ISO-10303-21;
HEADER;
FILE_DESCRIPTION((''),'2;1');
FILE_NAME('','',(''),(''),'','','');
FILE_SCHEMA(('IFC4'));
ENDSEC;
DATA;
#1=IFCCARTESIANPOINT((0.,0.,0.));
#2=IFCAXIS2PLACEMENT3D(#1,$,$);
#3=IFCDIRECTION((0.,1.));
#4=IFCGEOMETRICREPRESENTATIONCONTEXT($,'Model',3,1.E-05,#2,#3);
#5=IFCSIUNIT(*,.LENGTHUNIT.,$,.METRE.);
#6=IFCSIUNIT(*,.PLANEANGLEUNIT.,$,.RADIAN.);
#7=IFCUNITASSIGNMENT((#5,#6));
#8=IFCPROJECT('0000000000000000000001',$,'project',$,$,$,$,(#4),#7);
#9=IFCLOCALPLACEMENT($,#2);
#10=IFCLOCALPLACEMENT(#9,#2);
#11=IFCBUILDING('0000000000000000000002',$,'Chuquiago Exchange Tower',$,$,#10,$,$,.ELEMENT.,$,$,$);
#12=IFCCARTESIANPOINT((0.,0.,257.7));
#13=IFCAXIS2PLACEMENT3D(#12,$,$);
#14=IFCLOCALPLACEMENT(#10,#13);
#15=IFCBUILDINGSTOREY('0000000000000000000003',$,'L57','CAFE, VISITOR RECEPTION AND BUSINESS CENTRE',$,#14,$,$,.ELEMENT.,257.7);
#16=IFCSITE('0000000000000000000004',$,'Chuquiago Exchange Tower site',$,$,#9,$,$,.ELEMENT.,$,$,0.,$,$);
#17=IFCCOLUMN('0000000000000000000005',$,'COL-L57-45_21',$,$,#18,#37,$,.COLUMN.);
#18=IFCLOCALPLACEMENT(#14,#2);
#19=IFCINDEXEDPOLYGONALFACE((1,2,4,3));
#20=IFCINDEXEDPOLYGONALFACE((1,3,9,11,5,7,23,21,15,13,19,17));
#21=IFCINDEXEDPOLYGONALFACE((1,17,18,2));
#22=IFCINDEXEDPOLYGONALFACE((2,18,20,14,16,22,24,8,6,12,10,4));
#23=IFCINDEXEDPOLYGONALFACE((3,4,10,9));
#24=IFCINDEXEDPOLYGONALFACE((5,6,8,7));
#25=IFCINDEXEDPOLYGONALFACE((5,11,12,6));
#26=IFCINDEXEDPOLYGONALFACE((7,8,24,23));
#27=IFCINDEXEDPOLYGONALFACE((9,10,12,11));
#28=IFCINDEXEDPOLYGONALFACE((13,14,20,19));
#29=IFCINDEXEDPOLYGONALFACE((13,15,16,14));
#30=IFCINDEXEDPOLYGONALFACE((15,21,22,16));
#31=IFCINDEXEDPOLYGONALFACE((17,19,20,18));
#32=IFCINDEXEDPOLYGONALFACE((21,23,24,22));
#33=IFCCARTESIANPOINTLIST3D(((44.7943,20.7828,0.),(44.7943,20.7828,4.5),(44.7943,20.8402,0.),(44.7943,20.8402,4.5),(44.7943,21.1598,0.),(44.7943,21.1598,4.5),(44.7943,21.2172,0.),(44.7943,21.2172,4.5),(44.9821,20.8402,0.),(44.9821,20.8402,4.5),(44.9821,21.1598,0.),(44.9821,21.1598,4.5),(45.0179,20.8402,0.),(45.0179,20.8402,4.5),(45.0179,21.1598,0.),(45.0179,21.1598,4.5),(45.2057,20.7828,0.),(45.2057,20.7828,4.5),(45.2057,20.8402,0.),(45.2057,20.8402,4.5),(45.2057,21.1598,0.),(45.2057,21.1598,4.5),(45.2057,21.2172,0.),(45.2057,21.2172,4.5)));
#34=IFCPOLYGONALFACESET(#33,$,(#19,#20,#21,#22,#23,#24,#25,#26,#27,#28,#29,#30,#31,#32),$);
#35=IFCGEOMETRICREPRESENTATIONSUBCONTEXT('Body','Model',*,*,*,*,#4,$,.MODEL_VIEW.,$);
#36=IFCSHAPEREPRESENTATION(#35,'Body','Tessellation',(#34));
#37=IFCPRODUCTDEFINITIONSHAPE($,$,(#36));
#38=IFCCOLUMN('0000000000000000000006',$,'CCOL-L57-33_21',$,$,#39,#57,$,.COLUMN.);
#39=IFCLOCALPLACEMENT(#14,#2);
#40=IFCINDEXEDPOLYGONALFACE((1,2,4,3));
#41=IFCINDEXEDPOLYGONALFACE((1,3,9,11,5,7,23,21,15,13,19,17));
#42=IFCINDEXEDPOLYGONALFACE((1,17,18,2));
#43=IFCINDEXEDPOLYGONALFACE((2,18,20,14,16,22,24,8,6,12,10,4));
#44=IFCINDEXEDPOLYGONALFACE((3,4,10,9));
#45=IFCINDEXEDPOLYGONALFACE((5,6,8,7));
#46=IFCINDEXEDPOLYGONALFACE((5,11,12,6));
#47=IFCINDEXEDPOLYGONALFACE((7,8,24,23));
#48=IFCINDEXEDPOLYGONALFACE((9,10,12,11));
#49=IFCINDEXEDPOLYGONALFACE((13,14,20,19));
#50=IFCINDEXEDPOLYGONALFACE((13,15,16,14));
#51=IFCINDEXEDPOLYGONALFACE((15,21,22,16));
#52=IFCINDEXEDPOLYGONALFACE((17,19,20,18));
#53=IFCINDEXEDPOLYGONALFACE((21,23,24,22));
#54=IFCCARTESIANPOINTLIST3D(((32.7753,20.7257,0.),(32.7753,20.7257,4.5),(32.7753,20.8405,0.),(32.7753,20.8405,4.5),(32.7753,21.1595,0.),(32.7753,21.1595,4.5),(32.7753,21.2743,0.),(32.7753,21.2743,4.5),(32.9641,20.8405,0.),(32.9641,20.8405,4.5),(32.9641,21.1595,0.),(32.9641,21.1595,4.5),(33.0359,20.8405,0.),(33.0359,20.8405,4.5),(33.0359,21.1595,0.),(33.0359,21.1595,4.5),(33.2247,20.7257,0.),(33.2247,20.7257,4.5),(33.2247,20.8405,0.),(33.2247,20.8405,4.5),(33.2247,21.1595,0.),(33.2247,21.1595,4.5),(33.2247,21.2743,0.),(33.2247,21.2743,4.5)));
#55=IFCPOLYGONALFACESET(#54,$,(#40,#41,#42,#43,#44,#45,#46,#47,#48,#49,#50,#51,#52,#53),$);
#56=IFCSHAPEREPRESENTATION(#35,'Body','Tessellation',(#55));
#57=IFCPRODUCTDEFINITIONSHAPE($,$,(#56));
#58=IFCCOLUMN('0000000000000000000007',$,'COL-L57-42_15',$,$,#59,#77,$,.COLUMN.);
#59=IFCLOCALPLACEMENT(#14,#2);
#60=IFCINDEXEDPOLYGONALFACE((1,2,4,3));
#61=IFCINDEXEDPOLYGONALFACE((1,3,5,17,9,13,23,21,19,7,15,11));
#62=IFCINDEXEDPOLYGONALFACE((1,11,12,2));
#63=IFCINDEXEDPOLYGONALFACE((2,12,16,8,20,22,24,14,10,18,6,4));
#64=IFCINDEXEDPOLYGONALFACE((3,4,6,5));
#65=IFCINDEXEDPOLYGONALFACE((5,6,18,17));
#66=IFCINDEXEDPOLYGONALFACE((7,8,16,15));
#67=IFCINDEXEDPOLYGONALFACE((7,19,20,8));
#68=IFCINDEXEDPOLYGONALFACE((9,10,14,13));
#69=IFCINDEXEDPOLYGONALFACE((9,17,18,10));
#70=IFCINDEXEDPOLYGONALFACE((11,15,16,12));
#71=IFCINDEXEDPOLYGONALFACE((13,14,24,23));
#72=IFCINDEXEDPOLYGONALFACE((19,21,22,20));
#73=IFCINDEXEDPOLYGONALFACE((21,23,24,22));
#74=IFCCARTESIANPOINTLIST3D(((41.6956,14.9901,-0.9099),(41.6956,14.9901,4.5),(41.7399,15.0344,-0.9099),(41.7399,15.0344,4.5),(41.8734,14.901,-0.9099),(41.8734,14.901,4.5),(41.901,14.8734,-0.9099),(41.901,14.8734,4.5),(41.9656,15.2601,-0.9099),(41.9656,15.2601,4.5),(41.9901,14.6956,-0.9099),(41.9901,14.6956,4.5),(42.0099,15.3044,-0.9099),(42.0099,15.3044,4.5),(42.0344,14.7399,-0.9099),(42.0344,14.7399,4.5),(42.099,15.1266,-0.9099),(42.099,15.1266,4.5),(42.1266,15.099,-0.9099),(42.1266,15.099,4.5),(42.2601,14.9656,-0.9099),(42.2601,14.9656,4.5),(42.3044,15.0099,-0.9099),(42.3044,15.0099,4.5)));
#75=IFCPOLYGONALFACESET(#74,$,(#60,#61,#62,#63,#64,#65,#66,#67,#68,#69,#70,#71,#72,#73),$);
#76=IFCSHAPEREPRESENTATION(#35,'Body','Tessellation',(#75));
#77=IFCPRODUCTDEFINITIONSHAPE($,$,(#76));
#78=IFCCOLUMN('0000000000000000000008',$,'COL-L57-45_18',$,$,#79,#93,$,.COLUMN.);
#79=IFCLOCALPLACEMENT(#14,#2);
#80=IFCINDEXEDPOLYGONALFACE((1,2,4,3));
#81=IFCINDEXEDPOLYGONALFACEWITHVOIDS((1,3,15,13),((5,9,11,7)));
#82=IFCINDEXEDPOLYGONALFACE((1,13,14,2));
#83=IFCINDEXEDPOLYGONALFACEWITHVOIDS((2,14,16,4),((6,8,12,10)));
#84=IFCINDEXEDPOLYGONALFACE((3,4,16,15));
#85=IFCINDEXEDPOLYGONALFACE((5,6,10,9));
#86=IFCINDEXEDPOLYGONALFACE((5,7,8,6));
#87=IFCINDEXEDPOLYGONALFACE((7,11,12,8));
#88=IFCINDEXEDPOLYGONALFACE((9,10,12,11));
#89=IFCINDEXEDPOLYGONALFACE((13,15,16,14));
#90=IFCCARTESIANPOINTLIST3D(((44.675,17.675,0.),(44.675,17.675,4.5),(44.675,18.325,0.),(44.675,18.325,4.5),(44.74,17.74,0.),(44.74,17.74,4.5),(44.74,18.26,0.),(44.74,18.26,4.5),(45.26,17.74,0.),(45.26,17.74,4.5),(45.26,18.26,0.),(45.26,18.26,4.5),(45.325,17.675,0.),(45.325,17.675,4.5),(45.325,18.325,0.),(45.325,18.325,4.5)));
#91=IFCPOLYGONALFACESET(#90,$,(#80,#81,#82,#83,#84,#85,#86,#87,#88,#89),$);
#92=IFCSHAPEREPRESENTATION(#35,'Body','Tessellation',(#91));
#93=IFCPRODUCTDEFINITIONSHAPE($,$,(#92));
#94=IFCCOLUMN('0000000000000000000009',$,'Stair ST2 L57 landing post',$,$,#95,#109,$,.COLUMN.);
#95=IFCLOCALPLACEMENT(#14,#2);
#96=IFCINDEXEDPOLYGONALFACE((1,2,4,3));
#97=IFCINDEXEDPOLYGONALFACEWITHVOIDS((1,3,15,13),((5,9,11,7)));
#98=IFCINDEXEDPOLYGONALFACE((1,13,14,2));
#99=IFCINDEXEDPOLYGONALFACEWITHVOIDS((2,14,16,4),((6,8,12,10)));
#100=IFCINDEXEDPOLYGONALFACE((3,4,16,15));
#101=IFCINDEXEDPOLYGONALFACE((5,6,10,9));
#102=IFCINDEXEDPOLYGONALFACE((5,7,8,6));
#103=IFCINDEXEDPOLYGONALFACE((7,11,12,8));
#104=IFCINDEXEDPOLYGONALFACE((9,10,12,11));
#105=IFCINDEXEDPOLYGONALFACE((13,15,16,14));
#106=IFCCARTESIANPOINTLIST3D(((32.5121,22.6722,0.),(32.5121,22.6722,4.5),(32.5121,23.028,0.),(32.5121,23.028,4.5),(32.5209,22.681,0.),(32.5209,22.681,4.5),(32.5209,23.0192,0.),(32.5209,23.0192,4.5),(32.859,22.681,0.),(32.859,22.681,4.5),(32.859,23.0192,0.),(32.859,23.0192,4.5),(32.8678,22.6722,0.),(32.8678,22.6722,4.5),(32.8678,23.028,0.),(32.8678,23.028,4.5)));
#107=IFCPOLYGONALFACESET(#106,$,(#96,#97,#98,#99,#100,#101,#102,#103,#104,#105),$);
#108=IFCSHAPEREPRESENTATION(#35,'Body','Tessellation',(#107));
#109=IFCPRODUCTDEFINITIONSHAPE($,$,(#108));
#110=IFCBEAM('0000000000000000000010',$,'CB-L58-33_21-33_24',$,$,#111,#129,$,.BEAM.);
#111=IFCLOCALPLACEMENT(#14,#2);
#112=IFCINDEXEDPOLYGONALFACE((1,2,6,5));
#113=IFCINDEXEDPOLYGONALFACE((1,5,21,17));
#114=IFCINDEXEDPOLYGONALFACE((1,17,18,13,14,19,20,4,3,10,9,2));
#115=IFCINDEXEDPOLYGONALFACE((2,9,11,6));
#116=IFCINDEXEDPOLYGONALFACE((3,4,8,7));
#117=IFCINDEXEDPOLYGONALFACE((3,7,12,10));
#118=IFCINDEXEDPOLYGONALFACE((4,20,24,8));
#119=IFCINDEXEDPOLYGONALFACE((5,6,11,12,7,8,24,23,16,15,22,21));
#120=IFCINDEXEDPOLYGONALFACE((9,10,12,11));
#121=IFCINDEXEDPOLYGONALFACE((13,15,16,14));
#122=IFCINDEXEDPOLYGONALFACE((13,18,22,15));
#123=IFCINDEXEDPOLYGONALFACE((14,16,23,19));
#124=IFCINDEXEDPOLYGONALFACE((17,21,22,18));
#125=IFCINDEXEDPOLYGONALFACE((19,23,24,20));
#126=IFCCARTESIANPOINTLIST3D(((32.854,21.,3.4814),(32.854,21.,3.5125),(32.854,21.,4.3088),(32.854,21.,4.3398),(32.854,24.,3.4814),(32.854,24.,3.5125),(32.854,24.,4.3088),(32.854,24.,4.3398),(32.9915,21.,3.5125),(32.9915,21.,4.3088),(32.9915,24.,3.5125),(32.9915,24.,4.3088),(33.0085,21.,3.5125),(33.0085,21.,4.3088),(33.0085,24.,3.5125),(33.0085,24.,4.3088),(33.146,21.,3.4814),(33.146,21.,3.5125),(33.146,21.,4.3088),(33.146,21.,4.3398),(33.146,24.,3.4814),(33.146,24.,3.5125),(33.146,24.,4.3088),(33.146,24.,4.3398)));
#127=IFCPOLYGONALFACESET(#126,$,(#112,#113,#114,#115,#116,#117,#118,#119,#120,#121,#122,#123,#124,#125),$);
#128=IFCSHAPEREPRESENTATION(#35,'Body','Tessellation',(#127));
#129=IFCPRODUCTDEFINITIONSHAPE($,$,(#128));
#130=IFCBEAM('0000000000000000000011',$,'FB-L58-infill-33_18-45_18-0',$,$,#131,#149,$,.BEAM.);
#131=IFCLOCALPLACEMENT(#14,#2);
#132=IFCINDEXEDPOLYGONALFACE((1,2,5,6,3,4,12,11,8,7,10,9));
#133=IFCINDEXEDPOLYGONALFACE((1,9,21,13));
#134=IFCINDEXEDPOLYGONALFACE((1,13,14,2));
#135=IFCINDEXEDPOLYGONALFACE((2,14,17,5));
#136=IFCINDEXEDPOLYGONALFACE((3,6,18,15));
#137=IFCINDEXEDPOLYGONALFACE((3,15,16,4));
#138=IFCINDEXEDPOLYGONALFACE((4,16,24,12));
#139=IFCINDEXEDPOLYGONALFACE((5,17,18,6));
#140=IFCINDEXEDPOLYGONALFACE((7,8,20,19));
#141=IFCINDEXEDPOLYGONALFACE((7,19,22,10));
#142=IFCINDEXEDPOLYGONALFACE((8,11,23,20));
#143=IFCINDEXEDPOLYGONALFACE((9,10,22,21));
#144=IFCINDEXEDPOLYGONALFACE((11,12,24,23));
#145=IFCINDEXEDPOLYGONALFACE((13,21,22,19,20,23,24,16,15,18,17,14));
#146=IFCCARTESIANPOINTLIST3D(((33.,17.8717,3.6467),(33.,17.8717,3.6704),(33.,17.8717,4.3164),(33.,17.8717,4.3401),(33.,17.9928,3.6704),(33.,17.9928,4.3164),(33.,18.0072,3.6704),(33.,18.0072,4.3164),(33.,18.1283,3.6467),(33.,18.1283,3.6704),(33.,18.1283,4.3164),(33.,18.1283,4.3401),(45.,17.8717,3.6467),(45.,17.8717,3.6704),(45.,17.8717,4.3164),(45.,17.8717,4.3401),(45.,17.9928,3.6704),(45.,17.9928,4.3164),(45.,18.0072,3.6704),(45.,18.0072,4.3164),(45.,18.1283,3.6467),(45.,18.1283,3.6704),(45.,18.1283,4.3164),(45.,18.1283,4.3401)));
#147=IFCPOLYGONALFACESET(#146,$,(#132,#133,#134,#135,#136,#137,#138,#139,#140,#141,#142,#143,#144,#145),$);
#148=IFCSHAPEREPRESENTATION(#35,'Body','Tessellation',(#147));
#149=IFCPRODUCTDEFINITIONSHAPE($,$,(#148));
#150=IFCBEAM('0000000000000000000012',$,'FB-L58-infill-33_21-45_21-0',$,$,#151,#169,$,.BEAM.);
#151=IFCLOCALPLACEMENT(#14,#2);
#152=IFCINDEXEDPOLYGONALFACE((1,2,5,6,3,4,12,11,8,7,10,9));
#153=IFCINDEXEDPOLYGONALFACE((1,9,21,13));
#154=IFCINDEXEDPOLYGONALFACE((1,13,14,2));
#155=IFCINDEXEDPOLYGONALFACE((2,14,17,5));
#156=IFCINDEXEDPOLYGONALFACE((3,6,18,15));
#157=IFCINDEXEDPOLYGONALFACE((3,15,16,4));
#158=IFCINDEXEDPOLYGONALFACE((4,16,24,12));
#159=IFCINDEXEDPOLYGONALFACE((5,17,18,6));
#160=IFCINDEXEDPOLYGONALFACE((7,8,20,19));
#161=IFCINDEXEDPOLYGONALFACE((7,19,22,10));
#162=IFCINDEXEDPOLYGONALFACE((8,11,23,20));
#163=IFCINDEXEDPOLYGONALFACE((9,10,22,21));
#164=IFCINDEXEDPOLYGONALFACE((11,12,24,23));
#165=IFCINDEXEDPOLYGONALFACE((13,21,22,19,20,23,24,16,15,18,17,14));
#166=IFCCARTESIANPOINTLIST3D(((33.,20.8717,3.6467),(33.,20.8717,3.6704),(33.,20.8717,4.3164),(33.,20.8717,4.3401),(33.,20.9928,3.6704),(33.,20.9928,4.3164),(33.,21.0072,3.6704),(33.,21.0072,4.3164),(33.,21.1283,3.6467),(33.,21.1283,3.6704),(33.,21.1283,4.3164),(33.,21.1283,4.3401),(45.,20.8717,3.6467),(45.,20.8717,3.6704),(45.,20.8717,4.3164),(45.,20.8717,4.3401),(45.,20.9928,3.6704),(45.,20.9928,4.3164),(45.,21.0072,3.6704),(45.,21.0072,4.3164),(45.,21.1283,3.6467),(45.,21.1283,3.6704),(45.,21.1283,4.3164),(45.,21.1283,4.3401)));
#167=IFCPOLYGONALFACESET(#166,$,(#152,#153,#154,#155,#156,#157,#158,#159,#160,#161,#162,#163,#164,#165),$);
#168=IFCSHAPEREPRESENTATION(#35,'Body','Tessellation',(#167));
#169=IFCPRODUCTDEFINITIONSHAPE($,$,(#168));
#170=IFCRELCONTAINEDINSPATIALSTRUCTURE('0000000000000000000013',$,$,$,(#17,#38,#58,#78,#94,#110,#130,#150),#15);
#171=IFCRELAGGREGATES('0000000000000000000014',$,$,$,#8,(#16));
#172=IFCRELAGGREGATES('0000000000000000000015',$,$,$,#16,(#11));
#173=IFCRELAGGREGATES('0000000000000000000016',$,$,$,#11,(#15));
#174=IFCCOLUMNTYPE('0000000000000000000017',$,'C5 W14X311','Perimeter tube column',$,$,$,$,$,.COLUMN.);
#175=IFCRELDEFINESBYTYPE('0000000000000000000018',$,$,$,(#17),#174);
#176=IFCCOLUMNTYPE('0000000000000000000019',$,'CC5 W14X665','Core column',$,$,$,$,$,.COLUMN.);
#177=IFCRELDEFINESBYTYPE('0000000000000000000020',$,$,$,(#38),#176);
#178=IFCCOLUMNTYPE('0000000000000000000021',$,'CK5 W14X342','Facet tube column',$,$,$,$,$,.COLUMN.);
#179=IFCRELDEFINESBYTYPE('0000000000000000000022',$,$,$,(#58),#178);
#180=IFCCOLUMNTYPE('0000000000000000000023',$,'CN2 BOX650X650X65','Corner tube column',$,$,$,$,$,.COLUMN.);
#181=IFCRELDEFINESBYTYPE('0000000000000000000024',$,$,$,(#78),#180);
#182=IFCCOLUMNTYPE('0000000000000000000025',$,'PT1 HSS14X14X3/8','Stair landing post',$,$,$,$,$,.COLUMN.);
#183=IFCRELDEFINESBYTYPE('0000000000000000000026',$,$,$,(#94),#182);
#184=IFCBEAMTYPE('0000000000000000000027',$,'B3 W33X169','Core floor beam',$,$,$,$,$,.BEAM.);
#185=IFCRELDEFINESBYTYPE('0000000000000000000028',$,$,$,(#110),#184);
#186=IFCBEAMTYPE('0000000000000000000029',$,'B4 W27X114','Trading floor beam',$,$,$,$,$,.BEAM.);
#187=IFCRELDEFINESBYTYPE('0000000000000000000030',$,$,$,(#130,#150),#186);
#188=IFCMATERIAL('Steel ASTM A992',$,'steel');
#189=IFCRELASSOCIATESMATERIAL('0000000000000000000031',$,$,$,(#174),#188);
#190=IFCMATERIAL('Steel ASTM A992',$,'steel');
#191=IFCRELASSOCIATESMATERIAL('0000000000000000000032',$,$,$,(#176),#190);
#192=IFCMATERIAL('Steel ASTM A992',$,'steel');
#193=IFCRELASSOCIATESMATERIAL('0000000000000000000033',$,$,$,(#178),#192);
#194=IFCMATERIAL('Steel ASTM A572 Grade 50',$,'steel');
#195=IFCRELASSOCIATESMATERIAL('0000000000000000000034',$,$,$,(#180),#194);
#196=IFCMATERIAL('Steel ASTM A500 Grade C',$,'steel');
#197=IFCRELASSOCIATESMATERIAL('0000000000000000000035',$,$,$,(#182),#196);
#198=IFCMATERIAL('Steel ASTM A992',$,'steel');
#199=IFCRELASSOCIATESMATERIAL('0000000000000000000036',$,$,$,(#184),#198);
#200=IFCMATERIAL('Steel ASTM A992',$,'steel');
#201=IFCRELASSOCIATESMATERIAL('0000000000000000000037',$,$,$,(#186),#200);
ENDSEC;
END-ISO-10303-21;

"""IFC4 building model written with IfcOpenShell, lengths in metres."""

from ifc_helpers import new_model, si_unit, direction, frame, origin, origin_2d, place, context, subcontext, project, spatial, hollow_rectangle, i_section, extrude, material, material_profile, profile_set, type_object, element, save


model = new_model("IFC4")

# Units and contexts
model_context = context("Model", 3, precision=1e-05, world=origin(), true_north=direction((0.0, 1.0)))
body_context = subcontext(model_context, "Body", "Model", "MODEL_VIEW")
ifc_project = project(units=[si_unit("LENGTHUNIT", "METRE"), si_unit("PLANEANGLEUNIT", "RADIAN")], contexts=[model_context])

# Site, building, storey
site_placement = place(None, origin())
site = spatial("IfcSite", under=ifc_project, at=site_placement, Name="Chuquiago Exchange Tower site", CompositionType="ELEMENT", RefElevation=0.0)
building_placement = place(site_placement, origin())
building = spatial("IfcBuilding", under=site, at=building_placement, Name="Chuquiago Exchange Tower", CompositionType="ELEMENT")
storey_placement = place(building_placement, frame((0.0, 0.0, 257.7)))
storey = spatial("IfcBuildingStorey", under=building, at=storey_placement, Name="L57", Description="CAFE, VISITOR RECEPTION AND BUSINESS CENTRE", CompositionType="ELEMENT", Elevation=257.7)

# Columns
ifc_material_1 = material(Name="Steel ASTM A992", Category="steel")
ifc_material_profile_1 = material_profile(ifc_material_1, i_section(OverallWidth=0.4114, OverallDepth=0.4343, WebThickness=0.0359, FlangeThickness=0.0574, at=origin_2d()), Name="W14X311")
ifc_profile_set_1 = profile_set([ifc_material_profile_1], Name="Steel ASTM A992")
column_type_1 = type_object("IfcColumnType", Name="C5 W14X311", Description="Perimeter tube column", PredefinedType="COLUMN", material=ifc_profile_set_1)
column_1_placement = place(storey_placement, frame((45.0, 21.0, 0.0), z_axis=(0.0, 0.0, 1.0), x_axis=(1.0, 0.0, 0.0)))
element("IfcColumn", 1, at=column_1_placement, inside=storey, type_object=column_type_1, Name="COL-L57-45_21", PredefinedType="COLUMN", context=body_context, shape_type="SweptSolid", body=[
    extrude(i_section(OverallWidth=0.4114, OverallDepth=0.4343, WebThickness=0.0359, FlangeThickness=0.0574, at=origin_2d()), origin(), (0.0, 0.0, 1.0), 4.5),
])
ifc_material_2 = material(Name="Steel ASTM A992", Category="steel")
ifc_material_profile_2 = material_profile(ifc_material_2, i_section(OverallWidth=0.4495, OverallDepth=0.5486, WebThickness=0.0718, FlangeThickness=0.1147, at=origin_2d()), Name="W14X665")
ifc_profile_set_2 = profile_set([ifc_material_profile_2], Name="Steel ASTM A992")
column_type_2 = type_object("IfcColumnType", Name="CC5 W14X665", Description="Core column", PredefinedType="COLUMN", material=ifc_profile_set_2)
column_2_placement = place(storey_placement, frame((33.0, 21.0, 0.0), z_axis=(0.0, 0.0, 1.0), x_axis=(1.0, 0.0, 0.0)))
element("IfcColumn", 2, at=column_2_placement, inside=storey, type_object=column_type_2, Name="CCOL-L57-33_21", PredefinedType="COLUMN", context=body_context, shape_type="SweptSolid", body=[
    extrude(i_section(OverallWidth=0.4495, OverallDepth=0.5486, WebThickness=0.0718, FlangeThickness=0.1147, at=origin_2d()), origin(), (0.0, 0.0, 1.0), 4.5),
])
ifc_material_3 = material(Name="Steel ASTM A992", Category="steel")
ifc_material_profile_3 = material_profile(ifc_material_3, i_section(OverallWidth=0.4165, OverallDepth=0.4446, WebThickness=0.0391, FlangeThickness=0.0627, at=origin_2d()), Name="W14X342")
ifc_profile_set_3 = profile_set([ifc_material_profile_3], Name="Steel ASTM A992")
column_type_3 = type_object("IfcColumnType", Name="CK5 W14X342", Description="Facet tube column", PredefinedType="COLUMN", material=ifc_profile_set_3)
column_3_placement = place(storey_placement, frame((42.0, 15.0, -0.9099), z_axis=(0.0, 0.0, 1.0), x_axis=(0.707107, -0.707107, 0.0)))
element("IfcColumn", 3, at=column_3_placement, inside=storey, type_object=column_type_3, Name="COL-L57-42_15", PredefinedType="COLUMN", context=body_context, shape_type="SweptSolid", body=[
    extrude(i_section(OverallWidth=0.4165, OverallDepth=0.4446, WebThickness=0.0391, FlangeThickness=0.0627, at=origin_2d()), origin(), (0.0, 0.0, 1.0), 5.4099),
])
ifc_material_4 = material(Name="Steel ASTM A572 Grade 50", Category="steel")
ifc_material_profile_4 = material_profile(ifc_material_4, hollow_rectangle(XDim=0.6499, YDim=0.6499, WallThickness=0.0649, at=origin_2d()), Name="BOX650X650X65")
ifc_profile_set_4 = profile_set([ifc_material_profile_4], Name="Steel ASTM A572 Grade 50")
column_type_4 = type_object("IfcColumnType", Name="CN2 BOX650X650X65", Description="Corner tube column", PredefinedType="COLUMN", material=ifc_profile_set_4)
column_4_placement = place(storey_placement, frame((45.0, 18.0, 0.0), z_axis=(0.0, 0.0, 1.0), x_axis=(1.0, 0.0, 0.0)))
element("IfcColumn", 4, at=column_4_placement, inside=storey, type_object=column_type_4, Name="COL-L57-45_18", PredefinedType="COLUMN", context=body_context, shape_type="SweptSolid", body=[
    extrude(hollow_rectangle(XDim=0.6499, YDim=0.6499, WallThickness=0.0649, at=origin_2d()), origin(), (0.0, 0.0, 1.0), 4.5),
])
ifc_material_5 = material(Name="Steel ASTM A500 Grade C", Category="steel")
ifc_material_profile_5 = material_profile(ifc_material_5, hollow_rectangle(XDim=0.3557, YDim=0.3557, WallThickness=0.0088, at=origin_2d()), Name="HSS14X14X3/8")
ifc_profile_set_5 = profile_set([ifc_material_profile_5], Name="Steel ASTM A500 Grade C")
column_type_5 = type_object("IfcColumnType", Name="PT1 HSS14X14X3/8", Description="Stair landing post", PredefinedType="COLUMN", material=ifc_profile_set_5)
column_5_placement = place(storey_placement, frame((32.6899, 22.8501, 0.0), z_axis=(0.0, 0.0, 1.0), x_axis=(1.0, 0.0, 0.0)))
element("IfcColumn", 5, at=column_5_placement, inside=storey, type_object=column_type_5, Name="Stair ST2 L57 landing post", PredefinedType="COLUMN", context=body_context, shape_type="SweptSolid", body=[
    extrude(hollow_rectangle(XDim=0.3557, YDim=0.3557, WallThickness=0.0088, at=origin_2d()), origin(), (0.0, 0.0, 1.0), 4.5),
])

# Beams
ifc_material_6 = material(Name="Steel ASTM A992", Category="steel")
ifc_material_profile_6 = material_profile(ifc_material_6, i_section(OverallWidth=0.292, OverallDepth=0.8584, WebThickness=0.0171, FlangeThickness=0.031, at=origin_2d()), Name="W33X169")
ifc_profile_set_6 = profile_set([ifc_material_profile_6], Name="Steel ASTM A992")
beam_type_1 = type_object("IfcBeamType", Name="B3 W33X169", Description="Core floor beam", PredefinedType="BEAM", material=ifc_profile_set_6)
beam_1_placement = place(storey_placement, frame((33.0, 21.0, 3.9106), z_axis=(0.0, 1.0, 0.0), x_axis=(-1.0, 0.0, 0.0)))
element("IfcBeam", 6, at=beam_1_placement, inside=storey, type_object=beam_type_1, Name="CB-L58-33_21-33_24", PredefinedType="BEAM", context=body_context, shape_type="SweptSolid", body=[
    extrude(i_section(OverallWidth=0.292, OverallDepth=0.8584, WebThickness=0.0171, FlangeThickness=0.031, at=origin_2d()), origin(), (0.0, 0.0, 1.0), 3.0),
])
ifc_material_7 = material(Name="Steel ASTM A992", Category="steel")
ifc_material_profile_7 = material_profile(ifc_material_7, i_section(OverallWidth=0.2566, OverallDepth=0.6934, WebThickness=0.0144, FlangeThickness=0.0237, at=origin_2d()), Name="W27X114")
ifc_profile_set_7 = profile_set([ifc_material_profile_7], Name="Steel ASTM A992")
beam_type_2 = type_object("IfcBeamType", Name="B4 W27X114", Description="Trading floor beam", PredefinedType="BEAM", material=ifc_profile_set_7)
for number, where, z_axis, x_axis, name in (
    (7, (33.0, 18.0, 3.9934), (1.0, 0.0, 0.0), (0.0, 1.0, 0.0), "FB-L58-infill-33_18-45_18-0"),
    (8, (33.0, 21.0, 3.9934), (1.0, 0.0, 0.0), (0.0, 1.0, 0.0), "FB-L58-infill-33_21-45_21-0"),
):
    element("IfcBeam", number, at=place(storey_placement, frame(where, z_axis=z_axis, x_axis=x_axis)), inside=storey, type_object=beam_type_2, Name=name, PredefinedType="BEAM", context=body_context, shape_type="SweptSolid", body=[
        extrude(i_section(OverallWidth=0.2566, OverallDepth=0.6934, WebThickness=0.0144, FlangeThickness=0.0237, at=origin_2d()), origin(), (0.0, 0.0, 1.0), 12.0),
    ])

save(model, "model.ifc")
